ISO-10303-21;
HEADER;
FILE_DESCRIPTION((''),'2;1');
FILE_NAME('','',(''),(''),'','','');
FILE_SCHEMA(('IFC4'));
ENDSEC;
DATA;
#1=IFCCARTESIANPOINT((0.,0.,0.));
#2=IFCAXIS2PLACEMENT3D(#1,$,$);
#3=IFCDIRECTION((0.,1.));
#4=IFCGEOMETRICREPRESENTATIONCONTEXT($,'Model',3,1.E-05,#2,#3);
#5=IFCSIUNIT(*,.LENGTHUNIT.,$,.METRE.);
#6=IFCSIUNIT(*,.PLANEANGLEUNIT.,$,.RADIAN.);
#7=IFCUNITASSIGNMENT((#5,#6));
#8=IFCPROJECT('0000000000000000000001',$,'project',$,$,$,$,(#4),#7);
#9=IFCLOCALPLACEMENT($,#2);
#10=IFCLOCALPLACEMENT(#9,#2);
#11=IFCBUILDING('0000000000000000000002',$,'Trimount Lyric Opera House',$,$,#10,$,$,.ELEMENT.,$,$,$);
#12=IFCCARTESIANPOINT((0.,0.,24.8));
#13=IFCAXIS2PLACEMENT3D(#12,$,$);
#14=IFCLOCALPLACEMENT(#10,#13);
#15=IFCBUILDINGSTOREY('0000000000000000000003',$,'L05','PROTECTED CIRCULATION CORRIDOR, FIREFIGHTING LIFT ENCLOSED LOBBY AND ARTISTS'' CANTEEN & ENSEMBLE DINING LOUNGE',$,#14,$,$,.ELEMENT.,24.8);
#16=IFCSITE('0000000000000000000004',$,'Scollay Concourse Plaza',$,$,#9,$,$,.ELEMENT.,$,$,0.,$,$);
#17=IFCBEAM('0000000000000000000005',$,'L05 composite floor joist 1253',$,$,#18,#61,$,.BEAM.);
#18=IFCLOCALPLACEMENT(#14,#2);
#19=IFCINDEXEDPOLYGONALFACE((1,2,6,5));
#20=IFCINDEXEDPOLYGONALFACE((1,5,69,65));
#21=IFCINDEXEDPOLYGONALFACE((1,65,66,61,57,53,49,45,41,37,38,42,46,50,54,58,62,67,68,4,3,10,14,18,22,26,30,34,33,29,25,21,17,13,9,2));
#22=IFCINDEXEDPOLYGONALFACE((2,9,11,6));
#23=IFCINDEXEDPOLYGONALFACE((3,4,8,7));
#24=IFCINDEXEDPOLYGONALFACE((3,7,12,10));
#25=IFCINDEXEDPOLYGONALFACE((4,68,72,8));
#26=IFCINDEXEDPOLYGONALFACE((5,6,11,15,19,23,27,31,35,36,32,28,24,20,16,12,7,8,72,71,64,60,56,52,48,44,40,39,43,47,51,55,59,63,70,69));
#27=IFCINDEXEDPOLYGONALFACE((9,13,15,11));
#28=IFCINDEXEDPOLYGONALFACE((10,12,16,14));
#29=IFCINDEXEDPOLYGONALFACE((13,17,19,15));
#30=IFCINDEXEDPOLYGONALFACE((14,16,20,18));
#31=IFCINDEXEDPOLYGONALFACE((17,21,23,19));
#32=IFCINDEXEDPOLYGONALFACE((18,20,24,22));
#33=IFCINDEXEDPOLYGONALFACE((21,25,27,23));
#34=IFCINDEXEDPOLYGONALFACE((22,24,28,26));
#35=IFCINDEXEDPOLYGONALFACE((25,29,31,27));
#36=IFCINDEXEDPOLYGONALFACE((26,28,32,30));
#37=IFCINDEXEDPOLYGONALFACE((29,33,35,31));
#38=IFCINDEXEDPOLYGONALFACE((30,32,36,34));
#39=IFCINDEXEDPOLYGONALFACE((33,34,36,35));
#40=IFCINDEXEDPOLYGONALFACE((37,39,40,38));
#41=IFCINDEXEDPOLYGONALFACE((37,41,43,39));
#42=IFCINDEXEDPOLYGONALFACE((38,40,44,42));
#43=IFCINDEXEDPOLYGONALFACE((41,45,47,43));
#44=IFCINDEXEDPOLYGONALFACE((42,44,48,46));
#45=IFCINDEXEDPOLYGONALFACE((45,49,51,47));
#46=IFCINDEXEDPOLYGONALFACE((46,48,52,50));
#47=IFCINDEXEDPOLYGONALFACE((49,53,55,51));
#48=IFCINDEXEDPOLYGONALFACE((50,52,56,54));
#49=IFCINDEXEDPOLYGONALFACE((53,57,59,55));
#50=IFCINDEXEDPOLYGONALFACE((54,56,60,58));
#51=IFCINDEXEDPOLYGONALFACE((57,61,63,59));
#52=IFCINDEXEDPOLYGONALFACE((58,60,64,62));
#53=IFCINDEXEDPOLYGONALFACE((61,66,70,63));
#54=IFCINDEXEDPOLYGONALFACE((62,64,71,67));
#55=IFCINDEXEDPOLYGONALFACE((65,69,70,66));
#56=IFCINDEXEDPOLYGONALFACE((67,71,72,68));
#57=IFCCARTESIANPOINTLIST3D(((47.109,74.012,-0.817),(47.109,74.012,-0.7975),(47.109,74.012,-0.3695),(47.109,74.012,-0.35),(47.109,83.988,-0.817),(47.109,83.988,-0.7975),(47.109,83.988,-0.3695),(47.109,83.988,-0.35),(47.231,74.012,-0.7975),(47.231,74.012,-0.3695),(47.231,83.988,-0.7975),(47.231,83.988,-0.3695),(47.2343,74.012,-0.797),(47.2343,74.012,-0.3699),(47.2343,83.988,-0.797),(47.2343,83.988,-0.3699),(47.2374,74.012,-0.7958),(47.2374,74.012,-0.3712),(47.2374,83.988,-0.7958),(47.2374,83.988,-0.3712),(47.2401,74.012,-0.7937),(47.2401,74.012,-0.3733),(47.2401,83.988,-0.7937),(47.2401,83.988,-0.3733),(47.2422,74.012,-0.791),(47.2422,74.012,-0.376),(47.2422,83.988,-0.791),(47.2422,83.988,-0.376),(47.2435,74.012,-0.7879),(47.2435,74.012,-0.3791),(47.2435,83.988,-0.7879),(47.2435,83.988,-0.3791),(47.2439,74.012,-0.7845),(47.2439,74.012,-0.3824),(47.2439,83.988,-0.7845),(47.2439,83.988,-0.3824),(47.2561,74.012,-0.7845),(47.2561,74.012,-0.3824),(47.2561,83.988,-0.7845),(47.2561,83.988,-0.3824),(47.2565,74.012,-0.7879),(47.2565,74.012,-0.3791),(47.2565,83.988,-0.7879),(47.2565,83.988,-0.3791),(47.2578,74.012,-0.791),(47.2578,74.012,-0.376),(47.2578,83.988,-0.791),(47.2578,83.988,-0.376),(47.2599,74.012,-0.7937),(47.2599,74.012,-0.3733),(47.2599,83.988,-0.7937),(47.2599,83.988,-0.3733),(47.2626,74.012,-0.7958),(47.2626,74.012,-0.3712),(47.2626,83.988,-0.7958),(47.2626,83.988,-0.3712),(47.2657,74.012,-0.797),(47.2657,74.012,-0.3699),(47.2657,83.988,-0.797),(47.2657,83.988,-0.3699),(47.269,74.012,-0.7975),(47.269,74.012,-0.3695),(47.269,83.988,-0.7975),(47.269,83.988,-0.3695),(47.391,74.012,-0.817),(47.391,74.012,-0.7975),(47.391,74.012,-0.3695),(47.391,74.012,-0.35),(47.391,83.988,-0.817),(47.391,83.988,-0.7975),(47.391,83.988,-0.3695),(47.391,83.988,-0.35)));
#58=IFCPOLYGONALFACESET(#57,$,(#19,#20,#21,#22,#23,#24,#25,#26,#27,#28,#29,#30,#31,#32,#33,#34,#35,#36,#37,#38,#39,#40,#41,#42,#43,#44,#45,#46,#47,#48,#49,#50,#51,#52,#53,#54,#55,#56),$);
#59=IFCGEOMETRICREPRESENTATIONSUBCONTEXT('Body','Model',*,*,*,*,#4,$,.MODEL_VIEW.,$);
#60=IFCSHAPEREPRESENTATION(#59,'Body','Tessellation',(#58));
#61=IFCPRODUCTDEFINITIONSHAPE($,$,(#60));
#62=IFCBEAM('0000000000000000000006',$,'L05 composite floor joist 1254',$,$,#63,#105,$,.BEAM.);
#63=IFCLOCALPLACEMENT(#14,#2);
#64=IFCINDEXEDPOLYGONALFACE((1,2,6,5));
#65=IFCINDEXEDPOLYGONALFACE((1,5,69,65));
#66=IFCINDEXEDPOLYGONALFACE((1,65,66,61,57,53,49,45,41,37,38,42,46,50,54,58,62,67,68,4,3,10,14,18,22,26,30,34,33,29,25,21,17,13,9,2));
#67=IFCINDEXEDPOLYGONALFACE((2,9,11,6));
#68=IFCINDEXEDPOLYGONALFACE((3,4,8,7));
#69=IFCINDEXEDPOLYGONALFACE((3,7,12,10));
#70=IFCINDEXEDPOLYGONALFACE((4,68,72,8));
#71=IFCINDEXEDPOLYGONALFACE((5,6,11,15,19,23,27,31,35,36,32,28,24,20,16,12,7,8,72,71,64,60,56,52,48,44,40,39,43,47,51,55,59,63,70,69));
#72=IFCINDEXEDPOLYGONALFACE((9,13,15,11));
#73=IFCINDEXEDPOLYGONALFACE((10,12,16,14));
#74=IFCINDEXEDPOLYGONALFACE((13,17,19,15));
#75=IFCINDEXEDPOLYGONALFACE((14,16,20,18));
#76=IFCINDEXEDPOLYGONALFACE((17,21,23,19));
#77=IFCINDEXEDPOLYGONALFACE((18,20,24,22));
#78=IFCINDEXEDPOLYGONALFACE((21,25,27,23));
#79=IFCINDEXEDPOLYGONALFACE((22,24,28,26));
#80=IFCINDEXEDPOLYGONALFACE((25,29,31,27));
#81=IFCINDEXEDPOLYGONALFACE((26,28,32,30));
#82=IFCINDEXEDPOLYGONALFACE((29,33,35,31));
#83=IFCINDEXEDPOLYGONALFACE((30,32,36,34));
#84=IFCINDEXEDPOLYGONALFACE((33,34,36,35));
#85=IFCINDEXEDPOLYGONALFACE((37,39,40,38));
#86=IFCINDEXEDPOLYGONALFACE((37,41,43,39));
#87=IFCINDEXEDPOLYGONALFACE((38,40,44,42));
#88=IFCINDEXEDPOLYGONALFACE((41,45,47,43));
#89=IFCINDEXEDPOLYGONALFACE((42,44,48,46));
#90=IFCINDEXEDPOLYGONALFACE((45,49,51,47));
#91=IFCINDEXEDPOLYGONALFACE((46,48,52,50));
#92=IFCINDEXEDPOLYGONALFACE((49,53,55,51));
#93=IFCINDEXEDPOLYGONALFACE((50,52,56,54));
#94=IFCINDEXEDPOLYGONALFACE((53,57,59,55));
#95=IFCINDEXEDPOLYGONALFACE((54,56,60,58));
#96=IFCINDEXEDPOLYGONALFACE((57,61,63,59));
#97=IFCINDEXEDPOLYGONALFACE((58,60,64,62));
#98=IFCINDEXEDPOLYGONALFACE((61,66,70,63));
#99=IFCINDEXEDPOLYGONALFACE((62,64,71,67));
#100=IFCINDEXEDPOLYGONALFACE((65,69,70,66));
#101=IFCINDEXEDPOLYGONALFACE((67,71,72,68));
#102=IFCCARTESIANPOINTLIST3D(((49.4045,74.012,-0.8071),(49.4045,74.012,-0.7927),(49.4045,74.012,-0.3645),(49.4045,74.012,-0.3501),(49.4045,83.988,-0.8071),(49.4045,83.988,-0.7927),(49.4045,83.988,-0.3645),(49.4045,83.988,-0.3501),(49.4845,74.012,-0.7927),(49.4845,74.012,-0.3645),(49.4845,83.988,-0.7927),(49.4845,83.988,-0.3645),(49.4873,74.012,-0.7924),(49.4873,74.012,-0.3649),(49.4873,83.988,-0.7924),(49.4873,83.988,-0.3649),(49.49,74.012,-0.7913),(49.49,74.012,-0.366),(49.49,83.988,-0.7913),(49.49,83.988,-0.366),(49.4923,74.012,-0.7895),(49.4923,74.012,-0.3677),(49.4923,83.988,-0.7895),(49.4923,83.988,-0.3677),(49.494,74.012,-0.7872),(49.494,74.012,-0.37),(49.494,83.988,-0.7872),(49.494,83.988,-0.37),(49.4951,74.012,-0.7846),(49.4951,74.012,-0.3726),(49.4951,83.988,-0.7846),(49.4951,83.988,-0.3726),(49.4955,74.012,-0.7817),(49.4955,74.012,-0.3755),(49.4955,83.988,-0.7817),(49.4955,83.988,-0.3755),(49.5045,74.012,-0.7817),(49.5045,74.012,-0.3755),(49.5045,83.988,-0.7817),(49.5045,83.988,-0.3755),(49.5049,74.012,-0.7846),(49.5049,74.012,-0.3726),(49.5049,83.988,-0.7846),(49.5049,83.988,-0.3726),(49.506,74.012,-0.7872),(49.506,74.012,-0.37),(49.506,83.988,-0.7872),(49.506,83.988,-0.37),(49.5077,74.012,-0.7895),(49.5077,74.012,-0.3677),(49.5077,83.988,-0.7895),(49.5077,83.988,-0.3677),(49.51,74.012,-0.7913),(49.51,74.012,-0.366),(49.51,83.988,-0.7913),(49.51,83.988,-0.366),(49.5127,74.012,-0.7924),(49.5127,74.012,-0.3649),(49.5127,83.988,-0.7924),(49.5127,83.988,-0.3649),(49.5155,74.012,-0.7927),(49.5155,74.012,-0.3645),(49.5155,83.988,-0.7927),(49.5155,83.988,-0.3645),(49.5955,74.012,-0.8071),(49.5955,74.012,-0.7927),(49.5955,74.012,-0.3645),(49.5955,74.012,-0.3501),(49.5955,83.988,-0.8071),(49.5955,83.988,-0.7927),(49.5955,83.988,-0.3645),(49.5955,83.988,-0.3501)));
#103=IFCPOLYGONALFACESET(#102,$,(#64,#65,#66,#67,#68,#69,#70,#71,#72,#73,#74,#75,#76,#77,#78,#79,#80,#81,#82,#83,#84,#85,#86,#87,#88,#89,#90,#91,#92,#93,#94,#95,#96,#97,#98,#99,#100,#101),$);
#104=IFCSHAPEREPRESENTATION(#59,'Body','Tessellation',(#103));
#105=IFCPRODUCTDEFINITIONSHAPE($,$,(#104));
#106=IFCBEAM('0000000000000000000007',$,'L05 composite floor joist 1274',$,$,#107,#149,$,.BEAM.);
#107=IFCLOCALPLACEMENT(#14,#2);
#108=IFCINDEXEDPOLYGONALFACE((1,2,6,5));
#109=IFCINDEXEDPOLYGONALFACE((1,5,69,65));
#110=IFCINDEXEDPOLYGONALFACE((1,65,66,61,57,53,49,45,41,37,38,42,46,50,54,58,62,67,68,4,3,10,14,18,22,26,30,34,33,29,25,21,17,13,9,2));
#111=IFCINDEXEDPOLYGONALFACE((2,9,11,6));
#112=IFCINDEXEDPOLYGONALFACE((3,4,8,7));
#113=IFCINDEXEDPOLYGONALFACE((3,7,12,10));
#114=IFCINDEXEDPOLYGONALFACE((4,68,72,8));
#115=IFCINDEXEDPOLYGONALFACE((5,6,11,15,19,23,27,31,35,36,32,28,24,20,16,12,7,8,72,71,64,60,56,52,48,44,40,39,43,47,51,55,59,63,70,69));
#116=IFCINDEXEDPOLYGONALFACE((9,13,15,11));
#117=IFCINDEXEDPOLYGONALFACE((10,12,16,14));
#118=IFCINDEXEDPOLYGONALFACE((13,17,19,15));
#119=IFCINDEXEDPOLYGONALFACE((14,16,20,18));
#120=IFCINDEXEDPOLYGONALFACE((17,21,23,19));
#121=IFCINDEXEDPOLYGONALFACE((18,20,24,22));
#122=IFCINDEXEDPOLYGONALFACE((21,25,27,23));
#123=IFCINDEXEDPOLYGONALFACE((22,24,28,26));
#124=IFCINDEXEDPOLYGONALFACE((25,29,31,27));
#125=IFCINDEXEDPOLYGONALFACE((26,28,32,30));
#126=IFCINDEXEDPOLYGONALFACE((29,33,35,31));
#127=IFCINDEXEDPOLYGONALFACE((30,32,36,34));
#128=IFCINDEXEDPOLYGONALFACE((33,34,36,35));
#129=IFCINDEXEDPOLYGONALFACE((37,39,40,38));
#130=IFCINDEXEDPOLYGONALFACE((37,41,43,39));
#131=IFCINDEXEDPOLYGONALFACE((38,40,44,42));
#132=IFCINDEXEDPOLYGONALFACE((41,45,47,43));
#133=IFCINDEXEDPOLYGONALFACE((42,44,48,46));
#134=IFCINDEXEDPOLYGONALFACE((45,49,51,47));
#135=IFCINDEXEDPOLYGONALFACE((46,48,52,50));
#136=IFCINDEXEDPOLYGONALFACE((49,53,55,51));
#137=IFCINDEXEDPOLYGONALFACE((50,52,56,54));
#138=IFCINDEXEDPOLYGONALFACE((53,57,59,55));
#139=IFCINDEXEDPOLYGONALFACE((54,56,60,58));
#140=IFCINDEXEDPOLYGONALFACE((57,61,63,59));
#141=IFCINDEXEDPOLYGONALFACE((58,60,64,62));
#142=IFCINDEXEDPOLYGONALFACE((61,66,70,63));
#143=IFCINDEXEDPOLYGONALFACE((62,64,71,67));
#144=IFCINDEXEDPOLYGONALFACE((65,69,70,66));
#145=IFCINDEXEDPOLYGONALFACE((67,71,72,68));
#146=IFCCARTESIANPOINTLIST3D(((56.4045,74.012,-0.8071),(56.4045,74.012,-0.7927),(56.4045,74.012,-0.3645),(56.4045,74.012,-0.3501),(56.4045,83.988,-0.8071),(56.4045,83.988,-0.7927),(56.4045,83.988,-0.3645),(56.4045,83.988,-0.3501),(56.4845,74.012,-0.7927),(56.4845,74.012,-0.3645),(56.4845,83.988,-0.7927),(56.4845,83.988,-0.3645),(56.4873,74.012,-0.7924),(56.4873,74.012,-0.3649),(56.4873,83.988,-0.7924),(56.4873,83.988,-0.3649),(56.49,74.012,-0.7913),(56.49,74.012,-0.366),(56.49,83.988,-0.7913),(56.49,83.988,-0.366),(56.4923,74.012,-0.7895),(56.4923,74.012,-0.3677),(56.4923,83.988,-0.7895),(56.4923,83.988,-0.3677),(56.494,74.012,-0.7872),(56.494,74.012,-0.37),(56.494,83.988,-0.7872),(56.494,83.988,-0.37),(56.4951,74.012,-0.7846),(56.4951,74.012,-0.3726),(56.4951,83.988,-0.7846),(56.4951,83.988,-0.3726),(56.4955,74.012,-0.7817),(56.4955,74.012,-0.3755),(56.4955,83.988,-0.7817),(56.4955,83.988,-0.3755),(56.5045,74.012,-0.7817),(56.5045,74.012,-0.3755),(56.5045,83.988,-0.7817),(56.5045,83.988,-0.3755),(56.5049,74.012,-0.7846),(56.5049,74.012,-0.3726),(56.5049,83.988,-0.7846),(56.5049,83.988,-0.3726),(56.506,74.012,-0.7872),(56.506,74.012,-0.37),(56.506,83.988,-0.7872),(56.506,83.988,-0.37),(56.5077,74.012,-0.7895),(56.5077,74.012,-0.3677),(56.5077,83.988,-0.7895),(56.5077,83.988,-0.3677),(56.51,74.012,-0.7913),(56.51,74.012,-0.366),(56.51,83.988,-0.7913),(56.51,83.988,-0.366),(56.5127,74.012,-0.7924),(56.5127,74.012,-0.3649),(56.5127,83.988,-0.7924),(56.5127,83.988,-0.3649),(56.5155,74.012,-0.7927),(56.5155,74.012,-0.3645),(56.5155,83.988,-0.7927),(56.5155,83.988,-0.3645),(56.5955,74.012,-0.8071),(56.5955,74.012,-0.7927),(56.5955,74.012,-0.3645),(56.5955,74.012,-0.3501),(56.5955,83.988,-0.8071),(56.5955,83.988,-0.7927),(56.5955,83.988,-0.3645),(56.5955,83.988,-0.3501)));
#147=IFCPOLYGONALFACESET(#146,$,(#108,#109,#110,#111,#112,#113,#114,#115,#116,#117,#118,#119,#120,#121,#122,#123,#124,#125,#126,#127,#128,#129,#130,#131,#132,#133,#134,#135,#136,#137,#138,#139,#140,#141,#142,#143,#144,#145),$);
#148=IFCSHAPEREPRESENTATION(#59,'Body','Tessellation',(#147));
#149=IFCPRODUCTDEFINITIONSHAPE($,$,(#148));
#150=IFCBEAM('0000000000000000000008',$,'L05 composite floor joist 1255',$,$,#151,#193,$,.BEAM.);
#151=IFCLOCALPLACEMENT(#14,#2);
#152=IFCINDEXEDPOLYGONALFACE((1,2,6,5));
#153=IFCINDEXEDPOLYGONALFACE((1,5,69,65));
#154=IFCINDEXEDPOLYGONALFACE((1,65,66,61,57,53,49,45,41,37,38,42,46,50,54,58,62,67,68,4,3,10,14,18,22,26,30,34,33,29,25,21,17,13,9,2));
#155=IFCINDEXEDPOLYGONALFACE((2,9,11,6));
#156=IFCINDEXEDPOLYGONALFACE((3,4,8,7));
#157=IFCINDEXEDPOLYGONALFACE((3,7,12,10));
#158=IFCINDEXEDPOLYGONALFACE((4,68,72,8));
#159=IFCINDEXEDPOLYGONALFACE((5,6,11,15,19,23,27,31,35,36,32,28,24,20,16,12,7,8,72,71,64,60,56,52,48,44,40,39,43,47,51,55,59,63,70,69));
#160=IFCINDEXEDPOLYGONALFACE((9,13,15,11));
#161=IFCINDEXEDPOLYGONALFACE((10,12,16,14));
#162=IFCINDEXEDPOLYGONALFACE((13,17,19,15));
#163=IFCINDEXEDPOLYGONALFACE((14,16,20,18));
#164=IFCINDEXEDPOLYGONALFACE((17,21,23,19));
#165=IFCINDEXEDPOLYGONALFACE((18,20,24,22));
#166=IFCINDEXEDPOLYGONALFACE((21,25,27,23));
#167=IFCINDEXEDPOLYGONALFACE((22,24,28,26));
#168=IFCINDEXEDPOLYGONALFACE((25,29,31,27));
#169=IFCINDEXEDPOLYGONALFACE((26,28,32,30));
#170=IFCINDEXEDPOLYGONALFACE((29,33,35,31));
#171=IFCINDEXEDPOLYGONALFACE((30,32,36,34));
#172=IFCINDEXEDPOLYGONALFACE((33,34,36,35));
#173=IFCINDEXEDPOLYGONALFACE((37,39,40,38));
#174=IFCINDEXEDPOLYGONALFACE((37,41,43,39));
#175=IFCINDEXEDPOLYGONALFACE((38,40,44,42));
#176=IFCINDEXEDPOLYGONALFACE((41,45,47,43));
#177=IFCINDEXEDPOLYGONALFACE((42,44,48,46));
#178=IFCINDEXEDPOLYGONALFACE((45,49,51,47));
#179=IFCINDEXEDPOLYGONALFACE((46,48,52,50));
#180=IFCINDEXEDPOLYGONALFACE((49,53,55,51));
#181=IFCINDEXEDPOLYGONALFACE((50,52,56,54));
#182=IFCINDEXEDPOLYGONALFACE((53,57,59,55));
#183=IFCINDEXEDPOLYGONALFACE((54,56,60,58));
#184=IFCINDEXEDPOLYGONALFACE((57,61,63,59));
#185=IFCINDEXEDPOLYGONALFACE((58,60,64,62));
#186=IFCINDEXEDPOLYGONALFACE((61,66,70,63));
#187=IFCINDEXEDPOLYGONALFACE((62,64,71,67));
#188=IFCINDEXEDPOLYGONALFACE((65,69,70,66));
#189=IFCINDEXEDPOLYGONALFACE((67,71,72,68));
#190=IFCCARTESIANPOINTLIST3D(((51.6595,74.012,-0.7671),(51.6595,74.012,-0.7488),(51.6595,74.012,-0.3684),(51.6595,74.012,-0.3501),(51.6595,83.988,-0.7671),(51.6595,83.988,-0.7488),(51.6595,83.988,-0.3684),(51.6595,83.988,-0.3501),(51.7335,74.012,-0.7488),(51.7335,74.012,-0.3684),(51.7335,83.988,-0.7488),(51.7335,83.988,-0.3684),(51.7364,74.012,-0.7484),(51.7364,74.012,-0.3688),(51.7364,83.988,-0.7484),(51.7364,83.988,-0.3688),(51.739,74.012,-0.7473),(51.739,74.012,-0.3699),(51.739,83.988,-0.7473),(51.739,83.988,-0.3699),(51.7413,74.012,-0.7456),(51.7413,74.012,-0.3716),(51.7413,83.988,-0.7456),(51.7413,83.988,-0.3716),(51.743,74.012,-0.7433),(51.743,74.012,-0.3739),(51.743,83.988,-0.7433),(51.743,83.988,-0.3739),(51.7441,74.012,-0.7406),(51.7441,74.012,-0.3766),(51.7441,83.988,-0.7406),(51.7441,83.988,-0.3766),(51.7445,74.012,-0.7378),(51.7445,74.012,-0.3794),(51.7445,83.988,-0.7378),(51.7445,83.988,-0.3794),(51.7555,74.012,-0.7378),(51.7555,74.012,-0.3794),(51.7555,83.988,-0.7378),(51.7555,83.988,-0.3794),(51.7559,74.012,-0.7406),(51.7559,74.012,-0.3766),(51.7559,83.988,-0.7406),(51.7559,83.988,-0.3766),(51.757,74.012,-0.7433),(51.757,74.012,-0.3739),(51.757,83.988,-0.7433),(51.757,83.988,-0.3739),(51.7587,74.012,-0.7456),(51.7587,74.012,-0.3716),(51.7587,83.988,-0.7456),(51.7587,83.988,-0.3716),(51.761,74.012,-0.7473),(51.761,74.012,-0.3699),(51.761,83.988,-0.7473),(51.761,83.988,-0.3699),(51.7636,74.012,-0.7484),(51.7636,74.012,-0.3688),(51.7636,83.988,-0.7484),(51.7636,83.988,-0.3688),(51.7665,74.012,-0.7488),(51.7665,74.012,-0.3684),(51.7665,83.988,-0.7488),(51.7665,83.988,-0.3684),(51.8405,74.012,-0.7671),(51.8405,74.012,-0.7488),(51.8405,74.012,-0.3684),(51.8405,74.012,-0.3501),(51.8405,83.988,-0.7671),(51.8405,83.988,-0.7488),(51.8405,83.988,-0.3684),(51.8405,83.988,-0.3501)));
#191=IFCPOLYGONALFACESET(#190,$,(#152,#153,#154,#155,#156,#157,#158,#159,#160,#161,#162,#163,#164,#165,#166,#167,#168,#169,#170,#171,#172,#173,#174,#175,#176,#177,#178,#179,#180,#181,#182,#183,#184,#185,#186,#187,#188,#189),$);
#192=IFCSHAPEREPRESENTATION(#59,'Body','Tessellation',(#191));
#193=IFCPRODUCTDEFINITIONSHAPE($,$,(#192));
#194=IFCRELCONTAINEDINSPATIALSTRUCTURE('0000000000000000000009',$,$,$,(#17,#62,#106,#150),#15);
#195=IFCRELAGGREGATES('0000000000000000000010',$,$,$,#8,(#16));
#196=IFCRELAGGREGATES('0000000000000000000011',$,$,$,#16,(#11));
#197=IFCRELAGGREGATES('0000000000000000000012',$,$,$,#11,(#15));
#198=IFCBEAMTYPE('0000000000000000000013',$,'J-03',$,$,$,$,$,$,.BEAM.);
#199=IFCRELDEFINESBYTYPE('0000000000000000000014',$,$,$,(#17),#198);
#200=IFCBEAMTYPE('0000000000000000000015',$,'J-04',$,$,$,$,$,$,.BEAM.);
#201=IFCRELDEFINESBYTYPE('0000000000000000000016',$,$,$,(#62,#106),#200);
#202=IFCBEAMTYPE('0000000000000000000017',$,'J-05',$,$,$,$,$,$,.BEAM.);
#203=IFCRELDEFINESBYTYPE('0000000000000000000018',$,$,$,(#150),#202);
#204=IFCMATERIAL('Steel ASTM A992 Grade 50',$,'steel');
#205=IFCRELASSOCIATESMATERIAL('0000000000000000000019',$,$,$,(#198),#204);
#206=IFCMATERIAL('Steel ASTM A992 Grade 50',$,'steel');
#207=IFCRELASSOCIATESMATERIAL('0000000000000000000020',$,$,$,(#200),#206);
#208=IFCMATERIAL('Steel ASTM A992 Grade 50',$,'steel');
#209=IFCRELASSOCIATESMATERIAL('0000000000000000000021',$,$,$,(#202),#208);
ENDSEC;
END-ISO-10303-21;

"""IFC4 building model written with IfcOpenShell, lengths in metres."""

from ifc_helpers import new_model, si_unit, direction, frame, origin, origin_2d, place, context, subcontext, project, spatial, i_section, extrude, material, material_profile, profile_set, type_object, element, save


model = new_model("IFC4")

# Units and contexts
model_context = context("Model", 3, precision=1e-05, world=origin(), true_north=direction((0.0, 1.0)))
body_context = subcontext(model_context, "Body", "Model", "MODEL_VIEW")
ifc_project = project(units=[si_unit("LENGTHUNIT", "METRE"), si_unit("PLANEANGLEUNIT", "RADIAN")], contexts=[model_context])

# Site, building, storey
site_placement = place(None, origin())
site = spatial("IfcSite", under=ifc_project, at=site_placement, Name="Scollay Concourse Plaza", CompositionType="ELEMENT", RefElevation=0.0)
building_placement = place(site_placement, origin())
building = spatial("IfcBuilding", under=site, at=building_placement, Name="Trimount Lyric Opera House", CompositionType="ELEMENT")
storey_placement = place(building_placement, frame((0.0, 0.0, 24.8)))
storey = spatial("IfcBuildingStorey", under=building, at=storey_placement, Name="L05", Description="PROTECTED CIRCULATION CORRIDOR, FIREFIGHTING LIFT ENCLOSED LOBBY AND ARTISTS' CANTEEN & ENSEMBLE DINING LOUNGE", CompositionType="ELEMENT", Elevation=24.8)

# Beams
ifc_material_1 = material(Name="Steel ASTM A992 Grade 50", Category="steel")
ifc_material_profile_1 = material_profile(ifc_material_1, i_section(OverallWidth=0.282, OverallDepth=0.467, WebThickness=0.0122, FlangeThickness=0.0195, FilletRadius=0.0129, at=origin_2d()), Name="W18X86")
ifc_profile_set_1 = profile_set([ifc_material_profile_1], Name="Steel ASTM A992 Grade 50")
beam_type_1 = type_object("IfcBeamType", Name="J-03", PredefinedType="BEAM", material=ifc_profile_set_1)
beam_1_placement = place(storey_placement, frame((47.25, 74.012, -0.5835), z_axis=(0.0, 1.0, 0.0), x_axis=(-1.0, 0.0, 0.0)))
element("IfcBeam", 1, at=beam_1_placement, inside=storey, type_object=beam_type_1, Name="L05 composite floor joist 1253", PredefinedType="BEAM", context=body_context, shape_type="SweptSolid", body=[
    extrude(i_section(OverallWidth=0.282, OverallDepth=0.467, WebThickness=0.0122, FlangeThickness=0.0195, FilletRadius=0.0129, at=origin_2d()), origin(), (0.0, 0.0, 1.0), 9.9761),
])
ifc_material_2 = material(Name="Steel ASTM A992 Grade 50", Category="steel")
ifc_material_profile_2 = material_profile(ifc_material_2, i_section(OverallWidth=0.1909, OverallDepth=0.457, WebThickness=0.009, FlangeThickness=0.0144, FilletRadius=0.011, at=origin_2d()), Name="W18X50")
ifc_profile_set_2 = profile_set([ifc_material_profile_2], Name="Steel ASTM A992 Grade 50")
beam_type_2 = type_object("IfcBeamType", Name="J-04", PredefinedType="BEAM", material=ifc_profile_set_2)
for number, where, z_axis, x_axis, name in (
    (2, (49.5, 74.012, -0.5786), (0.0, 1.0, 0.0), (-1.0, 0.0, 0.0), "L05 composite floor joist 1254"),
    (3, (56.5, 74.012, -0.5786), (0.0, 1.0, 0.0), (-1.0, 0.0, 0.0), "L05 composite floor joist 1274"),
):
    element("IfcBeam", number, at=place(storey_placement, frame(where, z_axis=z_axis, x_axis=x_axis)), inside=storey, type_object=beam_type_2, Name=name, PredefinedType="BEAM", context=body_context, shape_type="SweptSolid", body=[
        extrude(i_section(OverallWidth=0.1909, OverallDepth=0.457, WebThickness=0.009, FlangeThickness=0.0144, FilletRadius=0.011, at=origin_2d()), origin(), (0.0, 0.0, 1.0), 9.9761),
    ])
ifc_material_3 = material(Name="Steel ASTM A992 Grade 50", Category="steel")
ifc_material_profile_3 = material_profile(ifc_material_3, i_section(OverallWidth=0.1809, OverallDepth=0.417, WebThickness=0.011, FlangeThickness=0.0183, FilletRadius=0.011, at=origin_2d()), Name="W16X57")
ifc_profile_set_3 = profile_set([ifc_material_profile_3], Name="Steel ASTM A992 Grade 50")
beam_type_3 = type_object("IfcBeamType", Name="J-05", PredefinedType="BEAM", material=ifc_profile_set_3)
for number, where, z_axis, x_axis, name in (
    (4, (51.75, 74.012, -0.5586), (0.0, 1.0, 0.0), (-1.0, 0.0, 0.0), "L05 composite floor joist 1255"),
):
    element("IfcBeam", number, at=place(storey_placement, frame(where, z_axis=z_axis, x_axis=x_axis)), inside=storey, type_object=beam_type_3, Name=name, PredefinedType="BEAM", context=body_context, shape_type="SweptSolid", body=[
        extrude(i_section(OverallWidth=0.1809, OverallDepth=0.417, WebThickness=0.011, FlangeThickness=0.0183, FilletRadius=0.011, at=origin_2d()), origin(), (0.0, 0.0, 1.0), 9.9761),
    ])

save(model, "model.ifc")
